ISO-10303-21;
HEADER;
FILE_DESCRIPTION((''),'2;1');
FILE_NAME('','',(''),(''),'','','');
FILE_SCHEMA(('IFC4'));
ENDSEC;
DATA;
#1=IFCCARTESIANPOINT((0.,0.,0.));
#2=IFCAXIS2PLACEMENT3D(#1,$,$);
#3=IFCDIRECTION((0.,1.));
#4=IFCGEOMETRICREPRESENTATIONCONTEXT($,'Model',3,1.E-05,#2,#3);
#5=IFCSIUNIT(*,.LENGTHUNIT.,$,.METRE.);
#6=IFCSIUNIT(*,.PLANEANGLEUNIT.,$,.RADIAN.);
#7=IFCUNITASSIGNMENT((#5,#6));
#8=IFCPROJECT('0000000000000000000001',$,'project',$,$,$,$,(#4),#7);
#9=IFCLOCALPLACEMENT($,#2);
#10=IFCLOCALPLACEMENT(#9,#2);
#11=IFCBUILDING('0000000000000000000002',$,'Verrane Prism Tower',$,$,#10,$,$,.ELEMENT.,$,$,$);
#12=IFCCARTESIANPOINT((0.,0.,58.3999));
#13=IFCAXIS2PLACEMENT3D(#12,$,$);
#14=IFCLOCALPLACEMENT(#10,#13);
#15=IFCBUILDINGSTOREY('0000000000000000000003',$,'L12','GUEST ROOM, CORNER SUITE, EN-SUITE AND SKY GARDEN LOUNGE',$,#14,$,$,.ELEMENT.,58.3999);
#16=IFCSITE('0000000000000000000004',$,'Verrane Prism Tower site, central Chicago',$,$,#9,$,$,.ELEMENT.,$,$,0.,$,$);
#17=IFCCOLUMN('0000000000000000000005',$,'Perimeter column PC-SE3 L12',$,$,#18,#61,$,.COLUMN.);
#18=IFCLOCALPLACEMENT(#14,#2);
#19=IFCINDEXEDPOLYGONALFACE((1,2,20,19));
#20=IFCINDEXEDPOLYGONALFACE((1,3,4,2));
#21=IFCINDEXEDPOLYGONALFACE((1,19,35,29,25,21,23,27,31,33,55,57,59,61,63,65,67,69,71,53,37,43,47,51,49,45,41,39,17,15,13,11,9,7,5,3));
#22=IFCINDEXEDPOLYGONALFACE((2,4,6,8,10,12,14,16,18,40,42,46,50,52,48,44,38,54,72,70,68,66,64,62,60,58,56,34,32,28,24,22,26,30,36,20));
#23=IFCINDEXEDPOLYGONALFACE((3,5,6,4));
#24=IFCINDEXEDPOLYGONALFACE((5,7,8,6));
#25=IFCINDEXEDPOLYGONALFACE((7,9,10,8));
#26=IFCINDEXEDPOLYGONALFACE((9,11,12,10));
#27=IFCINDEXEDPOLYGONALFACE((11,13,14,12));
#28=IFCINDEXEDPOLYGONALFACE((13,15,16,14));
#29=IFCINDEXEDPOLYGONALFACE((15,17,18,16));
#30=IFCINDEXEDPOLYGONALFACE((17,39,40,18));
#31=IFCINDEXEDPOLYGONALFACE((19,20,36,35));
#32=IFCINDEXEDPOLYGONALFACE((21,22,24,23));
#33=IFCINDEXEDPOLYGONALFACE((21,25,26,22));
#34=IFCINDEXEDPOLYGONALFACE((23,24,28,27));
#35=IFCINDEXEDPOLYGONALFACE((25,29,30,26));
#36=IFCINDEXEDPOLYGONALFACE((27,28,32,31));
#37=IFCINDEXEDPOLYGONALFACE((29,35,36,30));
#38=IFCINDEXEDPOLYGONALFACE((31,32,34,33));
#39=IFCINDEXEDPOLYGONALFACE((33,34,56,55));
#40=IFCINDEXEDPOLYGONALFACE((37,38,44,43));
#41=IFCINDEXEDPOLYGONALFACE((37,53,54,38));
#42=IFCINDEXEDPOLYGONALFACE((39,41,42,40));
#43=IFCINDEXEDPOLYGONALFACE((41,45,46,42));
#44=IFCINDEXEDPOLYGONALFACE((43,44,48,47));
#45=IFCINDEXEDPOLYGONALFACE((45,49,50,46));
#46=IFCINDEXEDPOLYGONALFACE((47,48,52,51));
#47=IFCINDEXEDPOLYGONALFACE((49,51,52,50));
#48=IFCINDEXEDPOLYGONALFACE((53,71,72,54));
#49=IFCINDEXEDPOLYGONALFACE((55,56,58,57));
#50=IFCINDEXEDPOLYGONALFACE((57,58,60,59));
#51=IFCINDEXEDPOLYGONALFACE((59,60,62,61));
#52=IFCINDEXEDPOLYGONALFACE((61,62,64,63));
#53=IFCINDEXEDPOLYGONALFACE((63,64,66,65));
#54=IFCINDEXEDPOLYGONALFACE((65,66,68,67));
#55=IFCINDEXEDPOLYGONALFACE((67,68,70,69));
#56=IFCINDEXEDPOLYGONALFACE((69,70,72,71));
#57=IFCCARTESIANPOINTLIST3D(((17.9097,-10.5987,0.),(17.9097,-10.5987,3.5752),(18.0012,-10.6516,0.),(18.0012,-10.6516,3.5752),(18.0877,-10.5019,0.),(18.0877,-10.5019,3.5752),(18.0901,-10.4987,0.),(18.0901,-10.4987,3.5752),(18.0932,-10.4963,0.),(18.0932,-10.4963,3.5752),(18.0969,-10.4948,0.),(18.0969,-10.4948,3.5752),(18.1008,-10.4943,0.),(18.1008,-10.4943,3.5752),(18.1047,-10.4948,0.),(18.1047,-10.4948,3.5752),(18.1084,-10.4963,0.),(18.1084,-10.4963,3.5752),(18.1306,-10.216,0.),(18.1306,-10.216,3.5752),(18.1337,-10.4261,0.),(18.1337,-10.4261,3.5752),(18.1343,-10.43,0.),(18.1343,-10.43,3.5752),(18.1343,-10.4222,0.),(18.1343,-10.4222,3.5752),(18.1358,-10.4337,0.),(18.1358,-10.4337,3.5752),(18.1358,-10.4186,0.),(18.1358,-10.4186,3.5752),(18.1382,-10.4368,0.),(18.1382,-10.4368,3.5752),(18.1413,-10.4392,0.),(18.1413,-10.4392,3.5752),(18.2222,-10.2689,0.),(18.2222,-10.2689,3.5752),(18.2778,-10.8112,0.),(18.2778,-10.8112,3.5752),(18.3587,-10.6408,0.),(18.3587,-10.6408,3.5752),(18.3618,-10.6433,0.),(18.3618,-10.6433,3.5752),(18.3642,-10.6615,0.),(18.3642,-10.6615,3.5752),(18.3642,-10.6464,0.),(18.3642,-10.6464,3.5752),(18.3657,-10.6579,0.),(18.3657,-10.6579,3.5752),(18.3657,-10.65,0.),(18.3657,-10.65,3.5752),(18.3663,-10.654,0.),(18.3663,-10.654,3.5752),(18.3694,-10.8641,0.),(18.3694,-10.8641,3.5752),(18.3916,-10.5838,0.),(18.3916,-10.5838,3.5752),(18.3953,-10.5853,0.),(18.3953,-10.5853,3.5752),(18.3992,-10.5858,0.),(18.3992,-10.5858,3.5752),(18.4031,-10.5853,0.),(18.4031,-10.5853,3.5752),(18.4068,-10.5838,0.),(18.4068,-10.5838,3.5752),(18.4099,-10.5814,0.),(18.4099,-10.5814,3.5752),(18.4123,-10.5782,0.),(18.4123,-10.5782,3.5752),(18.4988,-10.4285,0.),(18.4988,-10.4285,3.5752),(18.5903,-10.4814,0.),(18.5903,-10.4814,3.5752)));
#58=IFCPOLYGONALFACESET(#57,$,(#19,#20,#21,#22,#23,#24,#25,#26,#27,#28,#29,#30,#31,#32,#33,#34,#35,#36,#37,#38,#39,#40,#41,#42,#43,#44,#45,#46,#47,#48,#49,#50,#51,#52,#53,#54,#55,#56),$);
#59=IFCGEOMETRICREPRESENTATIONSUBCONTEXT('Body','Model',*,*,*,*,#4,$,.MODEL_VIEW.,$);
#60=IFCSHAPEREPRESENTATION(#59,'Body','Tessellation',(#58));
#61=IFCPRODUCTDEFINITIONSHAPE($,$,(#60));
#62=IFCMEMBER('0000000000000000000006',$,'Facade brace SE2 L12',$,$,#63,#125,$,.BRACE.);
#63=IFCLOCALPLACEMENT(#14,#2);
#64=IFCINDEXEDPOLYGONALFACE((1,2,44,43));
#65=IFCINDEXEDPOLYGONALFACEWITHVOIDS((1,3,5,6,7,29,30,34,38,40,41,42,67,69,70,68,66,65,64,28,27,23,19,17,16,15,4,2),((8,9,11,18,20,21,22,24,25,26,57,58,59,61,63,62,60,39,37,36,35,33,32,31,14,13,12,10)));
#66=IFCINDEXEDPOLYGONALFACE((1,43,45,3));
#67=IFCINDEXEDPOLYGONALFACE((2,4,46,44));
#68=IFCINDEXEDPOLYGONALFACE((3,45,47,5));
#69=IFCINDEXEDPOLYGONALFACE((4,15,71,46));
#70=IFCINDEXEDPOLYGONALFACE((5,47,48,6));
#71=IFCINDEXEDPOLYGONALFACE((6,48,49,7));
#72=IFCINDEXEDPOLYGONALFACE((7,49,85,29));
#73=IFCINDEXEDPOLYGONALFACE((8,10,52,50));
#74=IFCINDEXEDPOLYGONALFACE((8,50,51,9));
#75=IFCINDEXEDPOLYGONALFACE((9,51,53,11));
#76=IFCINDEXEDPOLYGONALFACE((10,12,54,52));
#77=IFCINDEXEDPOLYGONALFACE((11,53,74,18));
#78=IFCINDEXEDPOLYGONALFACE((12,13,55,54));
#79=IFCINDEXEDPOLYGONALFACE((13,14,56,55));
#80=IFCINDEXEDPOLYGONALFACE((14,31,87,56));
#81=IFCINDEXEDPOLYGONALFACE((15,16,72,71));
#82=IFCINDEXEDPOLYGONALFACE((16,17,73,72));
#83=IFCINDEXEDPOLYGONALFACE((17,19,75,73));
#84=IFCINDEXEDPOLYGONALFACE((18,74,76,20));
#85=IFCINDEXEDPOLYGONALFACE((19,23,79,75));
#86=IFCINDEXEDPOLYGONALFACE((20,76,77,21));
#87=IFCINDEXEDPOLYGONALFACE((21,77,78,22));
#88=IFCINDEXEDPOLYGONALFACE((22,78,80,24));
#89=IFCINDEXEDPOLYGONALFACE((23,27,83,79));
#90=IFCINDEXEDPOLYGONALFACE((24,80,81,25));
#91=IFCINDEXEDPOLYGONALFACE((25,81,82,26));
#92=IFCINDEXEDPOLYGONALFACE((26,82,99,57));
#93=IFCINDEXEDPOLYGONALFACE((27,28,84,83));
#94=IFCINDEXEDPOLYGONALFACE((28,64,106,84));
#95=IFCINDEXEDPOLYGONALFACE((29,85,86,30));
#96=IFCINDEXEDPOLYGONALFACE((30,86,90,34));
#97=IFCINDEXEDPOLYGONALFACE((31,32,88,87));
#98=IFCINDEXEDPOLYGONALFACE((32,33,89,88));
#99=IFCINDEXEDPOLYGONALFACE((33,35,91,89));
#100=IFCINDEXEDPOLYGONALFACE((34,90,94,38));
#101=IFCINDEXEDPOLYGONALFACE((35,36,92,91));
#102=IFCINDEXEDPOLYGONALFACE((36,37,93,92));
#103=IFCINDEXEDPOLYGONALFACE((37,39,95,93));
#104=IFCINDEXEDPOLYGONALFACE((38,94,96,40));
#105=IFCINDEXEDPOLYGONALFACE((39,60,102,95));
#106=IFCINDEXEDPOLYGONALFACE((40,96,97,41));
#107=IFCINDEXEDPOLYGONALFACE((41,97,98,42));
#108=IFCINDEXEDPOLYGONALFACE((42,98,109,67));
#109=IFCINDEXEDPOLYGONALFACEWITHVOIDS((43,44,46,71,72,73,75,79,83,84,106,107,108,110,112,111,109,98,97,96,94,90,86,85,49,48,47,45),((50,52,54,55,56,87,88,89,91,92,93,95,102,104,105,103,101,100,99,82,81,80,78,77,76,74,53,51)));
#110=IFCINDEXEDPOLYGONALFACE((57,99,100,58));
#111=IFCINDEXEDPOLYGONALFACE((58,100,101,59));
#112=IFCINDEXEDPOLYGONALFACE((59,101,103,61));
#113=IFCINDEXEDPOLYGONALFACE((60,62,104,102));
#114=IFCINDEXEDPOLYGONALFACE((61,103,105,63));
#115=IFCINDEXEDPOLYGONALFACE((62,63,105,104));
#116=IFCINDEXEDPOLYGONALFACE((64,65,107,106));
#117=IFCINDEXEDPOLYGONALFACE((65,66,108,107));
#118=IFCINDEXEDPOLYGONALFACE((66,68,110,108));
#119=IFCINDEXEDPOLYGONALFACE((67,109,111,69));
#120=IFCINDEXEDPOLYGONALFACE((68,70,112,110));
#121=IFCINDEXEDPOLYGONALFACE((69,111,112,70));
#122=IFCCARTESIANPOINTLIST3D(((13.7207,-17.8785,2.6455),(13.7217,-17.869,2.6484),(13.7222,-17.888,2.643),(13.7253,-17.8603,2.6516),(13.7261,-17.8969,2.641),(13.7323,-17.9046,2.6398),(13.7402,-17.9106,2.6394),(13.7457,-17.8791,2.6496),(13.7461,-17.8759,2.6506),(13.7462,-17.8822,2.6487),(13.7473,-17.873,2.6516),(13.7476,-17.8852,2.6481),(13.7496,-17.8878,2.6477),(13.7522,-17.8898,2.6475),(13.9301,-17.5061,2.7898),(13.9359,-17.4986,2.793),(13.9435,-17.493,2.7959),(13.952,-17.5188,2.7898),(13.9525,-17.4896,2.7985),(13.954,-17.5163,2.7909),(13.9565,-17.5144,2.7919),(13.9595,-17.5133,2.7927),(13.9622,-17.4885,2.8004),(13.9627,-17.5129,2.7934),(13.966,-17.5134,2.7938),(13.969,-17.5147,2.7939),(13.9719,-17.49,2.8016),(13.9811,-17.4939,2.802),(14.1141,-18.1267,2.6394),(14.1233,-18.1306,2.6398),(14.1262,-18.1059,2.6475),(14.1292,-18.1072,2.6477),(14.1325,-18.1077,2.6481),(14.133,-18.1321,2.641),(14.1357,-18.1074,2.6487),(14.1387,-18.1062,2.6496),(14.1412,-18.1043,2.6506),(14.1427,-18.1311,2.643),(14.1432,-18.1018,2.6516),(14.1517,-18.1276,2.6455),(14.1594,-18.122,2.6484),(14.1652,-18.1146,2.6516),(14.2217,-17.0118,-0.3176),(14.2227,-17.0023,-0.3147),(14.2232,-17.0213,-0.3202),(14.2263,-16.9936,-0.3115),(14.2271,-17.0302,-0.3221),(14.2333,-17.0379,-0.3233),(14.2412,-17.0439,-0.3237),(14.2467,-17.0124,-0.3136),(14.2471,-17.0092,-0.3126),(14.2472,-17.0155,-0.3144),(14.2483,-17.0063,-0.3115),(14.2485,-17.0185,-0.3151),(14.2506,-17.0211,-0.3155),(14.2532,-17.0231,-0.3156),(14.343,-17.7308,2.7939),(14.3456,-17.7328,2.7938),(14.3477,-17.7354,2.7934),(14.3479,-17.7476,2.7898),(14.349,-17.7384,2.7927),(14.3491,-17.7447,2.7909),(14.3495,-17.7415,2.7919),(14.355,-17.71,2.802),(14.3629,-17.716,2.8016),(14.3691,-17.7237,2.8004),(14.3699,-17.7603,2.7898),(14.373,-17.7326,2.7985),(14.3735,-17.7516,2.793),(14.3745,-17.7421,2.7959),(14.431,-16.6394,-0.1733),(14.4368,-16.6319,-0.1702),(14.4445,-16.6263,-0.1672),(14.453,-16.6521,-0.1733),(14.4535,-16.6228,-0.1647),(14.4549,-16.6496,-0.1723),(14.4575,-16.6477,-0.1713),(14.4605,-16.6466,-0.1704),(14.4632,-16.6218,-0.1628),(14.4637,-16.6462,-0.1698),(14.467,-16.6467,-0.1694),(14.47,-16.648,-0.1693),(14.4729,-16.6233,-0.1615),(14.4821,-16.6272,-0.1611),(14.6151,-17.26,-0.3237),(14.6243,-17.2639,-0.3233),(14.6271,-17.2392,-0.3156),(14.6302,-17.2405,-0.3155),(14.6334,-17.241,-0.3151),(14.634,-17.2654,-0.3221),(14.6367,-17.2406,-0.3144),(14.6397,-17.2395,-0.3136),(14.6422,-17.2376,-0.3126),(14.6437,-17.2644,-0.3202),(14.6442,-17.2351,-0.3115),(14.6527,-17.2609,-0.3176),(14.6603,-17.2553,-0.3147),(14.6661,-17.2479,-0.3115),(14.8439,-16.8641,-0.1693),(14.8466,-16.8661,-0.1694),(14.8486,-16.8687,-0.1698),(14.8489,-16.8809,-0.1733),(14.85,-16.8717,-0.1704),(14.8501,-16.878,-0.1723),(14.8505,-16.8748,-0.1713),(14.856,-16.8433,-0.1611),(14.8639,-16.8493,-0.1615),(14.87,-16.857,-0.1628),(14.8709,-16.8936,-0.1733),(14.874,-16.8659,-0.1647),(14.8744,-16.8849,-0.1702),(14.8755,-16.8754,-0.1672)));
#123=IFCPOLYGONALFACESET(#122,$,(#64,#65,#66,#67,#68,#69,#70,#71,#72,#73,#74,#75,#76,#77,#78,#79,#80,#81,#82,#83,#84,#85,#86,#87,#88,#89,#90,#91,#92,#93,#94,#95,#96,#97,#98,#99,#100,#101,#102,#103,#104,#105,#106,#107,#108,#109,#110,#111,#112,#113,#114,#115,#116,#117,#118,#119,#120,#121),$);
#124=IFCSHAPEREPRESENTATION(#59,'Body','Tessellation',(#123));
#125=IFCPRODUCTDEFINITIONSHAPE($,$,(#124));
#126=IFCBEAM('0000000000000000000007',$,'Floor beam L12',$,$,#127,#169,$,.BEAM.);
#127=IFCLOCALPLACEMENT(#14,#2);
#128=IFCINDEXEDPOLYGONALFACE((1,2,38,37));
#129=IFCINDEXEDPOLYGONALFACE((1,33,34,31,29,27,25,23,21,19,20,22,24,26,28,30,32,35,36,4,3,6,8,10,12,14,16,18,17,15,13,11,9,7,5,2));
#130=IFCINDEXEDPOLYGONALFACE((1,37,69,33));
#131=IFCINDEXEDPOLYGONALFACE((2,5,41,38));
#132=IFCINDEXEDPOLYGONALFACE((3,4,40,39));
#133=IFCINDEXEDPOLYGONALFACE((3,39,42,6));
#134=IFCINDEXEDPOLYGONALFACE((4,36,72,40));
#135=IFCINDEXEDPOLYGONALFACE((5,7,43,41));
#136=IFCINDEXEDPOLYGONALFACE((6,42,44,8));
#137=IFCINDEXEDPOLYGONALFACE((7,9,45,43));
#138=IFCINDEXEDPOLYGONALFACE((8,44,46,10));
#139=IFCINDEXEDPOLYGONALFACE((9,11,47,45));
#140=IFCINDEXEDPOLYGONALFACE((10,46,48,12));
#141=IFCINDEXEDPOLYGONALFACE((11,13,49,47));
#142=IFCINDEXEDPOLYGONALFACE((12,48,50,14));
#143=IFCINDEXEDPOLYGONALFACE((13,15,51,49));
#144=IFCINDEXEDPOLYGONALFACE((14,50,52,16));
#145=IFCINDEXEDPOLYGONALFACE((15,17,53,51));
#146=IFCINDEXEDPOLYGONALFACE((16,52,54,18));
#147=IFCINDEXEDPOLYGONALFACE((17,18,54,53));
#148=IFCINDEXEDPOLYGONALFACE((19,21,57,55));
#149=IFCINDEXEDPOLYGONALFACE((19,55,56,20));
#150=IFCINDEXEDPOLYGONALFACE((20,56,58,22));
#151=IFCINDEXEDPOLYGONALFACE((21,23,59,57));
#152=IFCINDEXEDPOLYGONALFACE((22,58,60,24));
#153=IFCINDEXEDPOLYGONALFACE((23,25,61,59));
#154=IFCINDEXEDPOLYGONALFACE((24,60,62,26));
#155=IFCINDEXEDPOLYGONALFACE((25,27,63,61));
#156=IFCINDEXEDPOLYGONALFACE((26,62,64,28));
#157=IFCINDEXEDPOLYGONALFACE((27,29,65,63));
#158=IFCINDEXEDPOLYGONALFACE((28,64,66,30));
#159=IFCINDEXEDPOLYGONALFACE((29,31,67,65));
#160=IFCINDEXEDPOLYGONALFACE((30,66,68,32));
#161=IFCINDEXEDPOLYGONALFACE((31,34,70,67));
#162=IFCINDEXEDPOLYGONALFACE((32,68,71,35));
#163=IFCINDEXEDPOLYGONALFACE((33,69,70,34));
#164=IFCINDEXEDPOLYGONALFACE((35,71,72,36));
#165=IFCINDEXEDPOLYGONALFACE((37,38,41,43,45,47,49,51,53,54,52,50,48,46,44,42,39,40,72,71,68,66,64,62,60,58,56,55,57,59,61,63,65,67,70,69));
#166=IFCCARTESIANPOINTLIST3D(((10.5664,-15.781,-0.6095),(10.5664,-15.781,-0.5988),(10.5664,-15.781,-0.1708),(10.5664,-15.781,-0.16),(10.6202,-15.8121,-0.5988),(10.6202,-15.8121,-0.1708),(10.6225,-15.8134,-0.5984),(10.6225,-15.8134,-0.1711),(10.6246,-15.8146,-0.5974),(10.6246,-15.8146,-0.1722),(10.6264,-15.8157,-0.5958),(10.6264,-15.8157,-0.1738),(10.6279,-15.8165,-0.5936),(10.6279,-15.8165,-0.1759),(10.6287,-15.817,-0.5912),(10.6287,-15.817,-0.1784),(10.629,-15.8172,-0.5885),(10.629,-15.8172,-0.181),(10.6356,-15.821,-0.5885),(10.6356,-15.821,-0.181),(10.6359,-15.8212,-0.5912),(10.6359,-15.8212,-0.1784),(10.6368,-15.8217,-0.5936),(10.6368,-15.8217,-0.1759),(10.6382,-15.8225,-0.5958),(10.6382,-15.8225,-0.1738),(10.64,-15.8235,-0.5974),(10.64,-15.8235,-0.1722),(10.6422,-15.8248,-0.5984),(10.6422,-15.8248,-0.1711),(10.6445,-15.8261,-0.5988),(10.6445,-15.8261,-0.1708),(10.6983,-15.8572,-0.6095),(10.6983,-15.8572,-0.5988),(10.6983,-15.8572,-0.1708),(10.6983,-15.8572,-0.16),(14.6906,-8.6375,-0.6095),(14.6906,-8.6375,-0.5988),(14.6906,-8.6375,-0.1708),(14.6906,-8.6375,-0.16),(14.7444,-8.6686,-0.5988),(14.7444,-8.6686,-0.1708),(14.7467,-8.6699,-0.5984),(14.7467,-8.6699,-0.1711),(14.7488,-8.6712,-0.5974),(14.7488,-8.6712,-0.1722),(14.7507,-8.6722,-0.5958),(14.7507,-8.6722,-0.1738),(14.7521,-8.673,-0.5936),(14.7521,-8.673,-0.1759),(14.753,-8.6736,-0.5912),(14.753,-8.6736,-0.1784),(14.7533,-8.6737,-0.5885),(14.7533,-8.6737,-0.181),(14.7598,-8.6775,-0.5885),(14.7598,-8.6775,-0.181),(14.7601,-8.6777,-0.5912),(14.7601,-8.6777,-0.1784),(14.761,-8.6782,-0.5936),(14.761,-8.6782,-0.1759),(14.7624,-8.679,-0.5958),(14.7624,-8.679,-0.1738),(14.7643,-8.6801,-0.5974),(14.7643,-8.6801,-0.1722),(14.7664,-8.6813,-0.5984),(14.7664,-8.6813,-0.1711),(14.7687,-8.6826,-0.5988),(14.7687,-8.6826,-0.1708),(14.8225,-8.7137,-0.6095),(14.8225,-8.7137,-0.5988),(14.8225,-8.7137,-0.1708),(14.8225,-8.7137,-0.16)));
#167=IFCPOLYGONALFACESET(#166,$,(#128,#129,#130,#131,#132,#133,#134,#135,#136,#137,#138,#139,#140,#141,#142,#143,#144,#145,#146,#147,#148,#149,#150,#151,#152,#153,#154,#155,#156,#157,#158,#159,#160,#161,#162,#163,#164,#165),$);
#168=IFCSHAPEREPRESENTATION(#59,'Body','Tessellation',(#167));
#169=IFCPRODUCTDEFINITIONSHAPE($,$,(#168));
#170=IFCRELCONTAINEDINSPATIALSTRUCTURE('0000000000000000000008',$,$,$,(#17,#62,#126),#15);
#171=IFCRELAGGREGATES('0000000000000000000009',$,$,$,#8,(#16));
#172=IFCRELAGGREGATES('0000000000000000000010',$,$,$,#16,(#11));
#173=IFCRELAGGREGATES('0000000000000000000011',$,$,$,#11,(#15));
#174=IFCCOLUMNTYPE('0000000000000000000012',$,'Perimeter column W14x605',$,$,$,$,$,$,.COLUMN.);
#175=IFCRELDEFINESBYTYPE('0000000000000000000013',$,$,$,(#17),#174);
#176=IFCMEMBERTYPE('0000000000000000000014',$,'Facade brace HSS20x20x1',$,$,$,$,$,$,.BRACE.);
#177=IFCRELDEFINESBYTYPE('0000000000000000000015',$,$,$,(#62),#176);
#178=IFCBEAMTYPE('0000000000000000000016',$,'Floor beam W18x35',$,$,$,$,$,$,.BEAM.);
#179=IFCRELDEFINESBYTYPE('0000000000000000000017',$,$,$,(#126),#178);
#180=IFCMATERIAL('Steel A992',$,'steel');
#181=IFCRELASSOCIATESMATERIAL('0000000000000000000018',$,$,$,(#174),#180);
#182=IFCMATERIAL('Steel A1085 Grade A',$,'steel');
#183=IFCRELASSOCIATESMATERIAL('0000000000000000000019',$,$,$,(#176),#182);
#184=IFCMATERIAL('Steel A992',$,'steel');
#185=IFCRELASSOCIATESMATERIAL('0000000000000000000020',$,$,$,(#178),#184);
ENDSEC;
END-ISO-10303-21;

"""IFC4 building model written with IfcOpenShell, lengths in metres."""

from ifc_helpers import new_model, si_unit, direction, frame, origin, origin_2d, place, context, subcontext, project, spatial, hollow_rectangle, i_section, extrude, material, material_profile, profile_set, type_object, element, save


model = new_model("IFC4")

# Units and contexts
model_context = context("Model", 3, precision=1e-05, world=origin(), true_north=direction((0.0, 1.0)))
body_context = subcontext(model_context, "Body", "Model", "MODEL_VIEW")
ifc_project = project(units=[si_unit("LENGTHUNIT", "METRE"), si_unit("PLANEANGLEUNIT", "RADIAN")], contexts=[model_context])

# Site, building, storey
site_placement = place(None, origin())
site = spatial("IfcSite", under=ifc_project, at=site_placement, Name="Verrane Prism Tower site, central Chicago", CompositionType="ELEMENT", RefElevation=0.0)
building_placement = place(site_placement, origin())
building = spatial("IfcBuilding", under=site, at=building_placement, Name="Verrane Prism Tower", CompositionType="ELEMENT")
storey_placement = place(building_placement, frame((0.0, 0.0, 58.3999)))
storey = spatial("IfcBuildingStorey", under=building, at=storey_placement, Name="L12", Description="GUEST ROOM, CORNER SUITE, EN-SUITE AND SKY GARDEN LOUNGE", CompositionType="ELEMENT", Elevation=58.3999)

# Column
ifc_material_1 = material(Name="Steel A992", Category="steel")
ifc_material_profile_1 = material_profile(ifc_material_1, i_section(OverallWidth=0.4419, OverallDepth=0.5308, WebThickness=0.0659, FlangeThickness=0.1057, FilletRadius=0.0151, at=origin_2d()), Name="W14x605")
ifc_profile_set_1 = profile_set([ifc_material_profile_1], Name="Steel A992")
column_type = type_object("IfcColumnType", Name="Perimeter column W14x605", PredefinedType="COLUMN", material=ifc_profile_set_1)
column_placement = place(storey_placement, frame((18.25, -10.54, 0.0), z_axis=(0.0, 0.0, 1.0), x_axis=(-0.5, -0.866025, 0.0)))
element("IfcColumn", 1, at=column_placement, inside=storey, type_object=column_type, Name="Perimeter column PC-SE3 L12", PredefinedType="COLUMN", context=body_context, shape_type="SweptSolid", body=[
    extrude(i_section(OverallWidth=0.4419, OverallDepth=0.5308, WebThickness=0.0659, FlangeThickness=0.1057, FilletRadius=0.0151, at=origin_2d()), origin(), (0.0, 0.0, 1.0), 3.5752),
])

# Member
ifc_material_2 = material(Name="Steel A1085 Grade A", Category="steel")
ifc_material_profile_2 = material_profile(ifc_material_2, hollow_rectangle(XDim=0.5081, YDim=0.5081, WallThickness=0.0254, InnerFilletRadius=0.0127, OuterFilletRadius=0.0381, at=origin_2d()), Name="HSS20x20x1")
ifc_profile_set_2 = profile_set([ifc_material_profile_2], Name="Steel A1085 Grade A")
member_type_1 = type_object("IfcMemberType", Name="Facade brace HSS20x20x1", PredefinedType="BRACE", material=ifc_profile_set_2)
member_1_placement = place(storey_placement, frame((14.5486, -16.9436, -0.2424), z_axis=(-0.160176, -0.277107, 0.947394), x_axis=(0.865771, -0.50044, 0.0)))
element("IfcMember", 2, at=member_1_placement, inside=storey, type_object=member_type_1, Name="Facade brace SE2 L12", PredefinedType="BRACE", context=body_context, shape_type="SweptSolid", body=[
    extrude(hollow_rectangle(XDim=0.5081, YDim=0.5081, WallThickness=0.0254, InnerFilletRadius=0.0127, OuterFilletRadius=0.0381, at=origin_2d()), origin(), (0.0, 0.0, 1.0), 3.1277),
])

# Beam
ifc_material_3 = material(Name="Steel A992", Category="steel")
ifc_material_profile_3 = material_profile(ifc_material_3, i_section(OverallWidth=0.1523, OverallDepth=0.4495, WebThickness=0.0076, FlangeThickness=0.0107, FilletRadius=0.0103, at=origin_2d()), Name="W18x35")
ifc_profile_set_3 = profile_set([ifc_material_profile_3], Name="Steel A992")
beam_type_1 = type_object("IfcBeamType", Name="Floor beam W18x35", PredefinedType="BEAM", material=ifc_profile_set_3)
beam_1_placement = place(storey_placement, frame((10.6323, -15.8191, -0.3848), z_axis=(0.499994, 0.866029, 0.0), x_axis=(-0.866029, 0.499994, 0.0)))
element("IfcBeam", 3, at=beam_1_placement, inside=storey, type_object=beam_type_1, Name="Floor beam L12", PredefinedType="BEAM", context=body_context, shape_type="SweptSolid", body=[
    extrude(i_section(OverallWidth=0.1523, OverallDepth=0.4495, WebThickness=0.0076, FlangeThickness=0.0107, FilletRadius=0.0103, at=origin_2d()), origin(), (0.0, 0.0, 1.0), 8.2485),
])

save(model, "model.ifc")
